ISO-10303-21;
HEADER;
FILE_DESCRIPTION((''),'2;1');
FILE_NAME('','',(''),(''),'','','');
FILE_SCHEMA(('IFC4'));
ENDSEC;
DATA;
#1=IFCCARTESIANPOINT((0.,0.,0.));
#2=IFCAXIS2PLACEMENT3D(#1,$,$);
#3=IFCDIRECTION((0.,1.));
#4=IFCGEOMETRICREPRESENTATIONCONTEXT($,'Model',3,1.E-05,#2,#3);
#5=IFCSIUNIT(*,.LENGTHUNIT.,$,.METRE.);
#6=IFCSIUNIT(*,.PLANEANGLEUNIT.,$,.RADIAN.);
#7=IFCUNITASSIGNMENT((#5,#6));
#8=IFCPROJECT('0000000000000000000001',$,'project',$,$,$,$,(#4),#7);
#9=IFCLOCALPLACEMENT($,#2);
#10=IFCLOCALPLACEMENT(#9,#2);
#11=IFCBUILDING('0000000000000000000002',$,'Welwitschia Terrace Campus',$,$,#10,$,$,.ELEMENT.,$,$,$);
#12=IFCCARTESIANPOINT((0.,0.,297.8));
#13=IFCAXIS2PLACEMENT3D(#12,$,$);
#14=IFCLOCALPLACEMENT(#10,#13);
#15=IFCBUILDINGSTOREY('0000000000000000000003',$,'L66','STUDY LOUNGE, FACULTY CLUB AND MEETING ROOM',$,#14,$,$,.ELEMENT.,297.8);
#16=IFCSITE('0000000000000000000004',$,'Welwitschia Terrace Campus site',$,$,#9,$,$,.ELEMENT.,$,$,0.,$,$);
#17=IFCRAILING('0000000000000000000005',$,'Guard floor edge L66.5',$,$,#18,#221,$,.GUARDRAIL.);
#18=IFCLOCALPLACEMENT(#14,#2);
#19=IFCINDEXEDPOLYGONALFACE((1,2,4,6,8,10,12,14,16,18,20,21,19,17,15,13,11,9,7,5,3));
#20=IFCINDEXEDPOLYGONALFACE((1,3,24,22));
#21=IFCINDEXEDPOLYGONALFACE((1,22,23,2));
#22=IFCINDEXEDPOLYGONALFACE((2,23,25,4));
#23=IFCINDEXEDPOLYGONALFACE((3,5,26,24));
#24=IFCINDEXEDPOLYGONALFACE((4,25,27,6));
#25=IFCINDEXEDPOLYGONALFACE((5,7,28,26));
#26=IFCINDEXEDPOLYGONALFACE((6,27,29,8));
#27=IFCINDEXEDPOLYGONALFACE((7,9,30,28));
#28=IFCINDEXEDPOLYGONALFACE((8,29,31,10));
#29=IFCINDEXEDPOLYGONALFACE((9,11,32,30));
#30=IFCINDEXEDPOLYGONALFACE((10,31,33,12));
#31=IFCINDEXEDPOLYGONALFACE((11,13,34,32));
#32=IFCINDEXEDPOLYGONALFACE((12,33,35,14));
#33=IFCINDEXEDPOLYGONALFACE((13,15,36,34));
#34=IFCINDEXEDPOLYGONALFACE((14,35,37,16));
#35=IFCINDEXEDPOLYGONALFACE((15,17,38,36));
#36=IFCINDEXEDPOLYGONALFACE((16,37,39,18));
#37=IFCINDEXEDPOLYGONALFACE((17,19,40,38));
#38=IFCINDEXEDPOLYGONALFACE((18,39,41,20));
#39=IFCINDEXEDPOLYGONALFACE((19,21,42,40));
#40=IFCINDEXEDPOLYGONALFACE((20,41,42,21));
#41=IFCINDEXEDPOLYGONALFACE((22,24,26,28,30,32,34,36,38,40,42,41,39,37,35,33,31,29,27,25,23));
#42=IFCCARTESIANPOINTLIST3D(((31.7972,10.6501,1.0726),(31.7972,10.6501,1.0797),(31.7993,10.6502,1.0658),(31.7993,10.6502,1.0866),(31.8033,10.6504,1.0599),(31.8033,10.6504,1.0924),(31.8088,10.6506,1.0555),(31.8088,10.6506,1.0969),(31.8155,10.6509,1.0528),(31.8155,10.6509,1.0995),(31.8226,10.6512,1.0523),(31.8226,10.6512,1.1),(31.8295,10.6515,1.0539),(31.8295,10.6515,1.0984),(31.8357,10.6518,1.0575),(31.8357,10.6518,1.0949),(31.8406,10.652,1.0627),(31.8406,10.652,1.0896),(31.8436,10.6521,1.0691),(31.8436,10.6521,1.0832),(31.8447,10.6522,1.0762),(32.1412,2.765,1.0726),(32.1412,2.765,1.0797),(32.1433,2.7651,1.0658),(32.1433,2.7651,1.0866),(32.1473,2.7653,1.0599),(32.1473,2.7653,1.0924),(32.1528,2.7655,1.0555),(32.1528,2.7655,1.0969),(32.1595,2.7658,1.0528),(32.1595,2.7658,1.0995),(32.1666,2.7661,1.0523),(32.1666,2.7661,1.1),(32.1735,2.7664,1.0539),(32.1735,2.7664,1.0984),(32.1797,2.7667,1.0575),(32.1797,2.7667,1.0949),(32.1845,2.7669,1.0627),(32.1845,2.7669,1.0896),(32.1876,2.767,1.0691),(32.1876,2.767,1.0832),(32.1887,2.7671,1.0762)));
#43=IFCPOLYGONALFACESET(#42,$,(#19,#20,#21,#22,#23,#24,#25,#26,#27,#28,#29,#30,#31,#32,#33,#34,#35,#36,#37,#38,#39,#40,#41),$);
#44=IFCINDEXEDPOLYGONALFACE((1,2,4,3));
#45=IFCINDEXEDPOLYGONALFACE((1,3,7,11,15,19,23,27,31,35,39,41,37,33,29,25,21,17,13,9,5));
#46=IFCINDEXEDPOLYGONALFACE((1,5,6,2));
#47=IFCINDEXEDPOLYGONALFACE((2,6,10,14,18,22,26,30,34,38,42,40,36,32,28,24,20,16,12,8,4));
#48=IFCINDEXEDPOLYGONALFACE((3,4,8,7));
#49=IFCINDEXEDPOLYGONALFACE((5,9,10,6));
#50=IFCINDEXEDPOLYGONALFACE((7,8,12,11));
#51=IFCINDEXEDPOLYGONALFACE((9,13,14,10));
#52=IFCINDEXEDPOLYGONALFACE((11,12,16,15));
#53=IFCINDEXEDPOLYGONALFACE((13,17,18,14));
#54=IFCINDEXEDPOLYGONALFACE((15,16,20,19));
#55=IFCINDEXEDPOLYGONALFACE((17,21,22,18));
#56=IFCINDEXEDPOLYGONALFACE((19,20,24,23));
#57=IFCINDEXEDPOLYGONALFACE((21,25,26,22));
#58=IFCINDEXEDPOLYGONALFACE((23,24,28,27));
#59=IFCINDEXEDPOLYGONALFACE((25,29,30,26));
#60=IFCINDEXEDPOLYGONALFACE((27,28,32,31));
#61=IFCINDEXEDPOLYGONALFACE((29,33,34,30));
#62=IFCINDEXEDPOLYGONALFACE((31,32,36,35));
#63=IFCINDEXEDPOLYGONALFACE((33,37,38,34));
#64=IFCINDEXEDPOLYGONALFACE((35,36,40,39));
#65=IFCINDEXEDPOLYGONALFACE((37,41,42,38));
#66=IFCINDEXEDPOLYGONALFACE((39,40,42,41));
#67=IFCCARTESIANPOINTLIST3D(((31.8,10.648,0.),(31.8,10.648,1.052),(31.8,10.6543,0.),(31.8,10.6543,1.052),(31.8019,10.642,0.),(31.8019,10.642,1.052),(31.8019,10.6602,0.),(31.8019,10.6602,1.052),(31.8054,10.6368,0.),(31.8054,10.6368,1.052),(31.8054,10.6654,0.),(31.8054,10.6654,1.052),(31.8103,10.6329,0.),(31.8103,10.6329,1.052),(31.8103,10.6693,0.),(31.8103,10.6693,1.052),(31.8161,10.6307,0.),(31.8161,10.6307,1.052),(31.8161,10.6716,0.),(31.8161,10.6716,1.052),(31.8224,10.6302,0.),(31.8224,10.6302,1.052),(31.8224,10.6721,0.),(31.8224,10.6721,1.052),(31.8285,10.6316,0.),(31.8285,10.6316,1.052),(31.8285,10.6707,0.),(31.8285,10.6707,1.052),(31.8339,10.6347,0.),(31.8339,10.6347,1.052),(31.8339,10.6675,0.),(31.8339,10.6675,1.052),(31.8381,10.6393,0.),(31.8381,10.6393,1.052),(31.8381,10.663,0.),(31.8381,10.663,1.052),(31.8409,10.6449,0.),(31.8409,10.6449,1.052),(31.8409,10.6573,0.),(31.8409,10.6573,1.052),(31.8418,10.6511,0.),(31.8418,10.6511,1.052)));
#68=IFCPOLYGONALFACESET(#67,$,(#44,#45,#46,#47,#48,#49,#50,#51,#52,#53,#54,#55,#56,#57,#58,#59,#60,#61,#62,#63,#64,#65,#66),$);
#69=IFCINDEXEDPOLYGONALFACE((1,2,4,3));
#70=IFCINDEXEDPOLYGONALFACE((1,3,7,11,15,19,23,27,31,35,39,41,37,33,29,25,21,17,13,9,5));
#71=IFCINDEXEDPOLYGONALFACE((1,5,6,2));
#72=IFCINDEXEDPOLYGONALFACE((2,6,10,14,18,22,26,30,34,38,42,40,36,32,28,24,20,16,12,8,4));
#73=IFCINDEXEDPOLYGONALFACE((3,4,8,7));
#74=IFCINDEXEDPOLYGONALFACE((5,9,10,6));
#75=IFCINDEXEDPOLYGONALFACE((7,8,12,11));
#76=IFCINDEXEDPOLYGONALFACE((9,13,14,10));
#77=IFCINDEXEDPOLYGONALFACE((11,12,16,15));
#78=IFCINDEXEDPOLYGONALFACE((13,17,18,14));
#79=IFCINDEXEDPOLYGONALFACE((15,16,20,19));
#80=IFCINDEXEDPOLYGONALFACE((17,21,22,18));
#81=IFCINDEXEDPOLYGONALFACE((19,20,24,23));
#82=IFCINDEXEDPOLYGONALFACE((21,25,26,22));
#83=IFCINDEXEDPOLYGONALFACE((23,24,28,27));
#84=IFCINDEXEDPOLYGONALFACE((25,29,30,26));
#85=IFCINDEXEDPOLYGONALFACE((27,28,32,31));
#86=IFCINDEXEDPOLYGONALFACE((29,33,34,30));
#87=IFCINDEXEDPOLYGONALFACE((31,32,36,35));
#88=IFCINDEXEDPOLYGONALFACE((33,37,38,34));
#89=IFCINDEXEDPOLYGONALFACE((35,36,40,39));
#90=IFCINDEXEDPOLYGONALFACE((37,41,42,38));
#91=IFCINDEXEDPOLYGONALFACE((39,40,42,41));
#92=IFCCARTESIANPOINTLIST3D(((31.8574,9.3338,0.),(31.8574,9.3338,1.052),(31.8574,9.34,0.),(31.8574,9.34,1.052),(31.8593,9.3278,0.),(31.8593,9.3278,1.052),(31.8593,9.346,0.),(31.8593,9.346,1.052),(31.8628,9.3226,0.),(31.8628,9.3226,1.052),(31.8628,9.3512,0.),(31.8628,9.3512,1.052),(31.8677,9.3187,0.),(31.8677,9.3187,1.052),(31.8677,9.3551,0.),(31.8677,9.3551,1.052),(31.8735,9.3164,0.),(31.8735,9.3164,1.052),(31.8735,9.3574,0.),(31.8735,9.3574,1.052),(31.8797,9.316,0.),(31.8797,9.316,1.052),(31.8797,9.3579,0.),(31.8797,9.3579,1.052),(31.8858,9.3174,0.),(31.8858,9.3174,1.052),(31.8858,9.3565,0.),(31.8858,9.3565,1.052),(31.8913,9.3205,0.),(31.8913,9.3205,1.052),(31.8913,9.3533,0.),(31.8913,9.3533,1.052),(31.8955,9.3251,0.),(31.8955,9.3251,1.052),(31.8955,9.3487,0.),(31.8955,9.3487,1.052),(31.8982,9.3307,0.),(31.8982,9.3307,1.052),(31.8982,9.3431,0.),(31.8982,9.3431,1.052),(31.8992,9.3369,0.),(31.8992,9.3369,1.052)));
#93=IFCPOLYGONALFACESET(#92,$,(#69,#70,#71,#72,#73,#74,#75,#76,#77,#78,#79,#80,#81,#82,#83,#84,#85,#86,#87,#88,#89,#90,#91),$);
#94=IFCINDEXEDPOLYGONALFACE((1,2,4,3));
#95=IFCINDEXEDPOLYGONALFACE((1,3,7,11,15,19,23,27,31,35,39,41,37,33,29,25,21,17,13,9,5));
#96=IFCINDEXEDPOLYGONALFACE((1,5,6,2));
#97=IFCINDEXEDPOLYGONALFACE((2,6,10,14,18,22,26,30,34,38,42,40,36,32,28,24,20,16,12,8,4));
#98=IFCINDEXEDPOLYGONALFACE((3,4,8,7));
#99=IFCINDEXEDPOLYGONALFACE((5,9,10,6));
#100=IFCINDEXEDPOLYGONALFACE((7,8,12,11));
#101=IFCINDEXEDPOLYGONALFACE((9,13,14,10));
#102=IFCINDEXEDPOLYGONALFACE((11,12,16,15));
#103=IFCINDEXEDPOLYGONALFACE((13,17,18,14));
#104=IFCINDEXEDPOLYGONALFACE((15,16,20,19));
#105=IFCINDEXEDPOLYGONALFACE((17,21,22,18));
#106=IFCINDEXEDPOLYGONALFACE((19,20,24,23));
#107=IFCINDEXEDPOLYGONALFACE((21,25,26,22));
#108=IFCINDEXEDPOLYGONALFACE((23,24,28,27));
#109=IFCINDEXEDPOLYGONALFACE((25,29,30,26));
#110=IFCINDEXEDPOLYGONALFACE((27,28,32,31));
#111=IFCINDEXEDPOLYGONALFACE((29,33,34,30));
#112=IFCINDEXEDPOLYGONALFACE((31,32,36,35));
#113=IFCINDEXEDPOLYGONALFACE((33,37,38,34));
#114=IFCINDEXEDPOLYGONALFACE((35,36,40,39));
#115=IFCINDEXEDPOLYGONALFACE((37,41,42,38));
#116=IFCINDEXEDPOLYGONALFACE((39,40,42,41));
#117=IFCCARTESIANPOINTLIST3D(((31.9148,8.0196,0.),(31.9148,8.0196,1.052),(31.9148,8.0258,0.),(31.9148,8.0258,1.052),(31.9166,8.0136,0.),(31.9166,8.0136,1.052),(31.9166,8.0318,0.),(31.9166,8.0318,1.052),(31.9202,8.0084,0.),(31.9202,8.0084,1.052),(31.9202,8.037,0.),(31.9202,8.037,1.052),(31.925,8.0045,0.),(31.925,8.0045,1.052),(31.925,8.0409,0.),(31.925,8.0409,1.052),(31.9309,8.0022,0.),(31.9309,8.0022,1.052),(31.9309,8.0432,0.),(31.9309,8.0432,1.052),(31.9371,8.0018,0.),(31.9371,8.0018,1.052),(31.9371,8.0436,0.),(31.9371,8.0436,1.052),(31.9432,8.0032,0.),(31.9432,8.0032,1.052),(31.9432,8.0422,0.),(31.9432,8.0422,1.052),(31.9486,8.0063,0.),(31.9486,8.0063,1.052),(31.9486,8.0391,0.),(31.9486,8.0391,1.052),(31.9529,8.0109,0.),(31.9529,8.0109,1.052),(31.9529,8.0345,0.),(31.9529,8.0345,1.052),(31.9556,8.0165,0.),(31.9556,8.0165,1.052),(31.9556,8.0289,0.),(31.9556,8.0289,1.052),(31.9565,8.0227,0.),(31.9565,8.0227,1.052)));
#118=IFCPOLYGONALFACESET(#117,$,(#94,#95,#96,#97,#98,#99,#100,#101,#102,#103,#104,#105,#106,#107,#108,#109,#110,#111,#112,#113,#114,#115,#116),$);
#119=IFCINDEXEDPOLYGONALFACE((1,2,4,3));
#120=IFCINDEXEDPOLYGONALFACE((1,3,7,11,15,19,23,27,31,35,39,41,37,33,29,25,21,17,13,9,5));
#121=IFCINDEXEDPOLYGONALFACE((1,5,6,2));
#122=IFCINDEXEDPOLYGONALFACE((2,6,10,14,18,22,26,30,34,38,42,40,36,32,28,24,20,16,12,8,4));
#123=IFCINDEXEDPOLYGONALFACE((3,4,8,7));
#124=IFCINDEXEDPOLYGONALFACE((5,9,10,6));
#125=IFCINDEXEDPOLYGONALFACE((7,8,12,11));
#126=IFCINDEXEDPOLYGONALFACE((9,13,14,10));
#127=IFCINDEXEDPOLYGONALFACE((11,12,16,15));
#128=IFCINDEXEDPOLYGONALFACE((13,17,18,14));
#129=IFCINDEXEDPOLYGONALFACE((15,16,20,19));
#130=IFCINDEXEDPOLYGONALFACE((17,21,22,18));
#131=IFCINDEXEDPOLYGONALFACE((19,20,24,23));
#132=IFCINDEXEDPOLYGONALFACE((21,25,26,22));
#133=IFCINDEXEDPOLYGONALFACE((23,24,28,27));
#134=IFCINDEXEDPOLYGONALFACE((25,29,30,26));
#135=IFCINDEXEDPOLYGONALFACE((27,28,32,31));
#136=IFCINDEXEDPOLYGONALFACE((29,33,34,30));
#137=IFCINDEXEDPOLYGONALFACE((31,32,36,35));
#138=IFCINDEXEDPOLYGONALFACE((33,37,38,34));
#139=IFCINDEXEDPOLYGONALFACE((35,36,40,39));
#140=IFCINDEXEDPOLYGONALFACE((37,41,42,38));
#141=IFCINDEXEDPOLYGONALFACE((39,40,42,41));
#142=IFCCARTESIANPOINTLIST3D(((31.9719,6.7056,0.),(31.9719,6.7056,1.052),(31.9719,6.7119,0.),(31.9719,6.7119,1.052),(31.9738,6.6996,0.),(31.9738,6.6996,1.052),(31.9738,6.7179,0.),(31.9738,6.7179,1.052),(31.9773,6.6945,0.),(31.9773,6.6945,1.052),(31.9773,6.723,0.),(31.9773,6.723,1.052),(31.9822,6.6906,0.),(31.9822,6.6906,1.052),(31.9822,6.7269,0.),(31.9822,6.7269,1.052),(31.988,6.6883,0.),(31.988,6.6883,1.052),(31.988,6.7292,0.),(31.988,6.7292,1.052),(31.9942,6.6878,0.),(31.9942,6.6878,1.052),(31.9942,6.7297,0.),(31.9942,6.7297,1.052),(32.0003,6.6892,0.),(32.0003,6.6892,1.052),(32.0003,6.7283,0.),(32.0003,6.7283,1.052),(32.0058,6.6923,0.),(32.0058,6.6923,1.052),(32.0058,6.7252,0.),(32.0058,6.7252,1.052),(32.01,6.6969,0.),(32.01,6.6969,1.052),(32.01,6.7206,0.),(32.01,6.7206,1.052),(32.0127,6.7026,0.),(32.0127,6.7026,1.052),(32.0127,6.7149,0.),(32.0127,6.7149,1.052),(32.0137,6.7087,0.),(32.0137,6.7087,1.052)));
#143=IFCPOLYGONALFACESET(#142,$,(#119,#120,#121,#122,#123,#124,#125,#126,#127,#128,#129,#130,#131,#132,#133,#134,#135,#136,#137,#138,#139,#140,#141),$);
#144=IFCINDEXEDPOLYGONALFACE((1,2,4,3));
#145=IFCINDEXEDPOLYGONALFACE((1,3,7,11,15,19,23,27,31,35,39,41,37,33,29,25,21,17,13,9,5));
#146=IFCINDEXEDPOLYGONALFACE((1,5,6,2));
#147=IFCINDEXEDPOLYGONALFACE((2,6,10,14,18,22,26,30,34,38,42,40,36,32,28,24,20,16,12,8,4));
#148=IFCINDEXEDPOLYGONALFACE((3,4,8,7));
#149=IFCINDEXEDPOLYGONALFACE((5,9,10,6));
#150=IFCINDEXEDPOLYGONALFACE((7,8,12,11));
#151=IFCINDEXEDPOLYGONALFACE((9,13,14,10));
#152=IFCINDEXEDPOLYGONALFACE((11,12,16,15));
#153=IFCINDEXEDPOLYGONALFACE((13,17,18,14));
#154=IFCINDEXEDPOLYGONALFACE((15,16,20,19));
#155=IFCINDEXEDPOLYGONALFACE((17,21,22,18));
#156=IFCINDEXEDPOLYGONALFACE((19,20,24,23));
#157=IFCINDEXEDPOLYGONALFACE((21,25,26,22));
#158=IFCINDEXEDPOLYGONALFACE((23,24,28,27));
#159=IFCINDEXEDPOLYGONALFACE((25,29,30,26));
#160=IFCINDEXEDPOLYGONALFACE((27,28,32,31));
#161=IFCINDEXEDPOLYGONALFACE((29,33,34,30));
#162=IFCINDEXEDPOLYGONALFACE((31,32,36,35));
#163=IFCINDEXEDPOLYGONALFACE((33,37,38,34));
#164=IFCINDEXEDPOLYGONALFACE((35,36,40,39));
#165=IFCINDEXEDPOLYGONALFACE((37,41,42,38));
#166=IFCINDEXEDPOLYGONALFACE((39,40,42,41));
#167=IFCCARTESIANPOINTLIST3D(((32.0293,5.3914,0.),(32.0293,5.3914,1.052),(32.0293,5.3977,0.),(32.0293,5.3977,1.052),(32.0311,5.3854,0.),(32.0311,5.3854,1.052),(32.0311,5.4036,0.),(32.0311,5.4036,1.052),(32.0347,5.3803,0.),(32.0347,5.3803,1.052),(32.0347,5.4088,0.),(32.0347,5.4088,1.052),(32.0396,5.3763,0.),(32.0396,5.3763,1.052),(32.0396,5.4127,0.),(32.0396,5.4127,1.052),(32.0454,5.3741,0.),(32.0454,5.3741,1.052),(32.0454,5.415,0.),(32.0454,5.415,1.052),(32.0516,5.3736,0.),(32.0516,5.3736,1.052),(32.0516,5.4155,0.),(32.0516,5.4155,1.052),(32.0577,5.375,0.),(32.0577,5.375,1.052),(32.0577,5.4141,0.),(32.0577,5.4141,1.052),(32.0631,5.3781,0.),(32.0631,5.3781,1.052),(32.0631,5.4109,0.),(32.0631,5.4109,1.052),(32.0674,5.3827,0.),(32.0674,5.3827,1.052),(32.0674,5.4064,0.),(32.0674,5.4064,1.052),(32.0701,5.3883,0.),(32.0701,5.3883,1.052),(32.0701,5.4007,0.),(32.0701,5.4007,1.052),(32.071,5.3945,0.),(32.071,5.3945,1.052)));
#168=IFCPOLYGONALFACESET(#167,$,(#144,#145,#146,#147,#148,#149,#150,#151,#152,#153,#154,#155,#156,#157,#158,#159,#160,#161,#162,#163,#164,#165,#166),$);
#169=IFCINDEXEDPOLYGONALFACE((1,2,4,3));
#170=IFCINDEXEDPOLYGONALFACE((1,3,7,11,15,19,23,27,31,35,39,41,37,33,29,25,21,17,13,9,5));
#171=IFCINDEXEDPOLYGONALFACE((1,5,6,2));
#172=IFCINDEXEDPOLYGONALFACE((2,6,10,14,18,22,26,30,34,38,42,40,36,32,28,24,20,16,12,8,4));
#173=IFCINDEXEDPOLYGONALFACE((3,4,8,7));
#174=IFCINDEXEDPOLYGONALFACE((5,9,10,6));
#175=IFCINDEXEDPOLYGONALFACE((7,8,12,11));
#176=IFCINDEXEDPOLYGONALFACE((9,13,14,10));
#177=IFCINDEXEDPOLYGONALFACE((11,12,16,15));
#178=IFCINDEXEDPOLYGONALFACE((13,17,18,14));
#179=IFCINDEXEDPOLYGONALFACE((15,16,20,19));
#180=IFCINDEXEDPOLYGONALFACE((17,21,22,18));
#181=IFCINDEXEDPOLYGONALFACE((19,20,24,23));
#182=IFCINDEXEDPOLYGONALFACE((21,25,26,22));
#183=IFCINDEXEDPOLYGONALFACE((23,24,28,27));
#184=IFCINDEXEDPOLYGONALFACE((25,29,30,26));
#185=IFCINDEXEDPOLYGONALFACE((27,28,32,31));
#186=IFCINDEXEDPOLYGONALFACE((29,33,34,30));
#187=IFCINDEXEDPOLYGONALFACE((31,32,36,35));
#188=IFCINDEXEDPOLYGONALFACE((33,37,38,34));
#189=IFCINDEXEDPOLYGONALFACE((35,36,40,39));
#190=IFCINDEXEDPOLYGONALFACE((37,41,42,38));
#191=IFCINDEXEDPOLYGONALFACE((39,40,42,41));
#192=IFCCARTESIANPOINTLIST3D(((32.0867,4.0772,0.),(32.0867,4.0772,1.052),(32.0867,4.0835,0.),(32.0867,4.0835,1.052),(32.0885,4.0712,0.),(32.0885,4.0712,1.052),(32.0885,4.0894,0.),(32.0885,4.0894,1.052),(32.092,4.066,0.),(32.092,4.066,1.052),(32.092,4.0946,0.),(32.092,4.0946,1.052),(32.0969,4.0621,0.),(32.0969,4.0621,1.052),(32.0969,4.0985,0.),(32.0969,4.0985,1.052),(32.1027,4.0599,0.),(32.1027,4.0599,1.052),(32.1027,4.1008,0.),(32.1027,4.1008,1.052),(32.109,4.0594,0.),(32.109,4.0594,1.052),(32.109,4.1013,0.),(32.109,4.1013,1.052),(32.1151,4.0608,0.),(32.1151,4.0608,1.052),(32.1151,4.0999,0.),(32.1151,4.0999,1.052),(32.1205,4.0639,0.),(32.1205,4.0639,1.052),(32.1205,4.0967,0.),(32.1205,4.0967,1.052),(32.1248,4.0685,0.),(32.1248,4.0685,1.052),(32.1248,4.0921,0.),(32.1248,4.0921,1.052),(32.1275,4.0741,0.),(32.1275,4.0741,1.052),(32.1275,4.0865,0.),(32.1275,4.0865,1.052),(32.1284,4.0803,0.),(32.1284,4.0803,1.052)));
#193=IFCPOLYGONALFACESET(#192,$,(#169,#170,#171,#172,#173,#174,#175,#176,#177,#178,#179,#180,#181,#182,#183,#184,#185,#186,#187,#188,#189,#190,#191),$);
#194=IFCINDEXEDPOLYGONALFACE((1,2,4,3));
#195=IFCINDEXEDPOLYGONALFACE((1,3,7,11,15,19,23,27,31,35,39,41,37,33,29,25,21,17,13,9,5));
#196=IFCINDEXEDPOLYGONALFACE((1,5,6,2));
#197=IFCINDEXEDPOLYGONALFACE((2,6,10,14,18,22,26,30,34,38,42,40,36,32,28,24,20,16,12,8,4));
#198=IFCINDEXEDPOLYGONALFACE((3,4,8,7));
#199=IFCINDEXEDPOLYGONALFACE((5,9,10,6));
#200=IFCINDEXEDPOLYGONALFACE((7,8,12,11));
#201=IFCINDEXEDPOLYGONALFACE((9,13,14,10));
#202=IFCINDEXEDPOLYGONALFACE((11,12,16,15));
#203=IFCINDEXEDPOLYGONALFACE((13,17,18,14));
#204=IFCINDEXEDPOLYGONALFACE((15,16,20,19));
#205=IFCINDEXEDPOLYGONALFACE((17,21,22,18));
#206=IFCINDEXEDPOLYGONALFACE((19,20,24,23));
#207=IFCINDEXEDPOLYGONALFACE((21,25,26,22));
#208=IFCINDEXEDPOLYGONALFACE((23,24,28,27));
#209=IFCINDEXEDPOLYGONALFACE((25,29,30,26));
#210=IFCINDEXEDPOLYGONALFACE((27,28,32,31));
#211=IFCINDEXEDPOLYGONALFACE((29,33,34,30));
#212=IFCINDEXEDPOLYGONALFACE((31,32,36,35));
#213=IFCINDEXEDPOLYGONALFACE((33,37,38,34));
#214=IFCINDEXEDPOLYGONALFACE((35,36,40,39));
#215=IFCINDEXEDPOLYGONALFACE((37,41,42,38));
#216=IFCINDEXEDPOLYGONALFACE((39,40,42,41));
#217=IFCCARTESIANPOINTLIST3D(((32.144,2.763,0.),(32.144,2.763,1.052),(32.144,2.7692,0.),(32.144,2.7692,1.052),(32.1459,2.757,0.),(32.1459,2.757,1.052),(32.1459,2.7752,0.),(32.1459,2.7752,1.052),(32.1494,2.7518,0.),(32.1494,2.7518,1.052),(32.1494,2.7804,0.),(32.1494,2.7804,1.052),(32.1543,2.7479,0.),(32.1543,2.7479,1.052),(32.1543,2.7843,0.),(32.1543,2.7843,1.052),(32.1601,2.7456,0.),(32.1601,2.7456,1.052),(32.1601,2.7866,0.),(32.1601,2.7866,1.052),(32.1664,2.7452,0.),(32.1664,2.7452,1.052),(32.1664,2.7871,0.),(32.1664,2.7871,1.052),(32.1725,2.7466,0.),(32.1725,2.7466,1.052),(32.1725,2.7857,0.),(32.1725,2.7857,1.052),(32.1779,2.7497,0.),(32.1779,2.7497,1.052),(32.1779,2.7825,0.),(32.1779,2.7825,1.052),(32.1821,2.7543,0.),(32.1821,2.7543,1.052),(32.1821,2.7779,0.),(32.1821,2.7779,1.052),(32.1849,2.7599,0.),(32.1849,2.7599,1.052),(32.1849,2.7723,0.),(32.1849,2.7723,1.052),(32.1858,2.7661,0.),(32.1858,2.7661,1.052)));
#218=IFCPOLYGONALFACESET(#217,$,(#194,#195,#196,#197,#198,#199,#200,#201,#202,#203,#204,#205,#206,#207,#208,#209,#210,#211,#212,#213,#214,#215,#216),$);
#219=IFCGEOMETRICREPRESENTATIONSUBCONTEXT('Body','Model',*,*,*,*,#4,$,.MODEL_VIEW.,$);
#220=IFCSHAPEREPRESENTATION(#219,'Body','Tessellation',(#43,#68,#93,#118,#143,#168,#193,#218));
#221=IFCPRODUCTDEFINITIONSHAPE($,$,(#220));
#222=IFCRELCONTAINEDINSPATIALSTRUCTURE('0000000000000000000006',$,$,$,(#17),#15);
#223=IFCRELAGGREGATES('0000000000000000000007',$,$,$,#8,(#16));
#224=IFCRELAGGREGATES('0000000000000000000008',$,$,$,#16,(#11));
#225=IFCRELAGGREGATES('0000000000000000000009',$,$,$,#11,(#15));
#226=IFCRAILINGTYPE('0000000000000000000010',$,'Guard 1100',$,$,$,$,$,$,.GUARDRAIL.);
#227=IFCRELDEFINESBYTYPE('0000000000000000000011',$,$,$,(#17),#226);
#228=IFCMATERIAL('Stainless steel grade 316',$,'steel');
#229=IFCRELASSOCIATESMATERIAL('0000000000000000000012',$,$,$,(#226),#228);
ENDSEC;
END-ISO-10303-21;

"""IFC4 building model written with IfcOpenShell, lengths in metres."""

from ifc_helpers import new_model, si_unit, direction, frame, origin, origin_2d, place, context, subcontext, project, spatial, circle, extrude, material, type_object, element, save


model = new_model("IFC4")

# Units and contexts
model_context = context("Model", 3, precision=1e-05, world=origin(), true_north=direction((0.0, 1.0)))
body_context = subcontext(model_context, "Body", "Model", "MODEL_VIEW")
ifc_project = project(units=[si_unit("LENGTHUNIT", "METRE"), si_unit("PLANEANGLEUNIT", "RADIAN")], contexts=[model_context])

# Site, building, storey
site_placement = place(None, origin())
site = spatial("IfcSite", under=ifc_project, at=site_placement, Name="Welwitschia Terrace Campus site", CompositionType="ELEMENT", RefElevation=0.0)
building_placement = place(site_placement, origin())
building = spatial("IfcBuilding", under=site, at=building_placement, Name="Welwitschia Terrace Campus", CompositionType="ELEMENT")
storey_placement = place(building_placement, frame((0.0, 0.0, 297.8)))
storey = spatial("IfcBuildingStorey", under=building, at=storey_placement, Name="L66", Description="STUDY LOUNGE, FACULTY CLUB AND MEETING ROOM", CompositionType="ELEMENT", Elevation=297.8)

# Railing
ifc_material_1 = material(Name="Stainless steel grade 316", Category="steel")
railing_type = type_object("IfcRailingType", Name="Guard 1100", PredefinedType="GUARDRAIL", material=ifc_material_1)
railing_1_placement = place(storey_placement, frame((31.8208, 10.6511, 0.0)))
element("IfcRailing", 1, at=railing_1_placement, inside=storey, type_object=railing_type, Name="Guard floor edge L66.5", PredefinedType="GUARDRAIL", context=body_context, shape_type="SweptSolid", body=[
    extrude(circle(Radius=0.0239, at=origin_2d()), frame((0.0, 0.0, 1.0762), z_axis=(0.043585, -0.99905, 0.0), x_axis=(0.99905, 0.043585, 0.0)), (0.0, 0.0, 1.0), 7.8926),
    extrude(circle(Radius=0.021, at=origin_2d()), origin(), (0.0, 0.0, 1.0), 1.052),
    extrude(circle(Radius=0.021, at=origin_2d()), frame((0.0574, -1.3142, 0.0)), (0.0, 0.0, 1.0), 1.052),
    extrude(circle(Radius=0.021, at=origin_2d()), frame((0.1147, -2.6284, 0.0)), (0.0, 0.0, 1.0), 1.052),
    extrude(circle(Radius=0.021, at=origin_2d()), frame((0.1719, -3.9424, 0.0)), (0.0, 0.0, 1.0), 1.052),
    extrude(circle(Radius=0.021, at=origin_2d()), frame((0.2292, -5.2566, 0.0)), (0.0, 0.0, 1.0), 1.052),
    extrude(circle(Radius=0.021, at=origin_2d()), frame((0.2866, -6.5708, 0.0)), (0.0, 0.0, 1.0), 1.052),
    extrude(circle(Radius=0.021, at=origin_2d()), frame((0.344, -7.885, 0.0)), (0.0, 0.0, 1.0), 1.052),
])

save(model, "model.ifc")
